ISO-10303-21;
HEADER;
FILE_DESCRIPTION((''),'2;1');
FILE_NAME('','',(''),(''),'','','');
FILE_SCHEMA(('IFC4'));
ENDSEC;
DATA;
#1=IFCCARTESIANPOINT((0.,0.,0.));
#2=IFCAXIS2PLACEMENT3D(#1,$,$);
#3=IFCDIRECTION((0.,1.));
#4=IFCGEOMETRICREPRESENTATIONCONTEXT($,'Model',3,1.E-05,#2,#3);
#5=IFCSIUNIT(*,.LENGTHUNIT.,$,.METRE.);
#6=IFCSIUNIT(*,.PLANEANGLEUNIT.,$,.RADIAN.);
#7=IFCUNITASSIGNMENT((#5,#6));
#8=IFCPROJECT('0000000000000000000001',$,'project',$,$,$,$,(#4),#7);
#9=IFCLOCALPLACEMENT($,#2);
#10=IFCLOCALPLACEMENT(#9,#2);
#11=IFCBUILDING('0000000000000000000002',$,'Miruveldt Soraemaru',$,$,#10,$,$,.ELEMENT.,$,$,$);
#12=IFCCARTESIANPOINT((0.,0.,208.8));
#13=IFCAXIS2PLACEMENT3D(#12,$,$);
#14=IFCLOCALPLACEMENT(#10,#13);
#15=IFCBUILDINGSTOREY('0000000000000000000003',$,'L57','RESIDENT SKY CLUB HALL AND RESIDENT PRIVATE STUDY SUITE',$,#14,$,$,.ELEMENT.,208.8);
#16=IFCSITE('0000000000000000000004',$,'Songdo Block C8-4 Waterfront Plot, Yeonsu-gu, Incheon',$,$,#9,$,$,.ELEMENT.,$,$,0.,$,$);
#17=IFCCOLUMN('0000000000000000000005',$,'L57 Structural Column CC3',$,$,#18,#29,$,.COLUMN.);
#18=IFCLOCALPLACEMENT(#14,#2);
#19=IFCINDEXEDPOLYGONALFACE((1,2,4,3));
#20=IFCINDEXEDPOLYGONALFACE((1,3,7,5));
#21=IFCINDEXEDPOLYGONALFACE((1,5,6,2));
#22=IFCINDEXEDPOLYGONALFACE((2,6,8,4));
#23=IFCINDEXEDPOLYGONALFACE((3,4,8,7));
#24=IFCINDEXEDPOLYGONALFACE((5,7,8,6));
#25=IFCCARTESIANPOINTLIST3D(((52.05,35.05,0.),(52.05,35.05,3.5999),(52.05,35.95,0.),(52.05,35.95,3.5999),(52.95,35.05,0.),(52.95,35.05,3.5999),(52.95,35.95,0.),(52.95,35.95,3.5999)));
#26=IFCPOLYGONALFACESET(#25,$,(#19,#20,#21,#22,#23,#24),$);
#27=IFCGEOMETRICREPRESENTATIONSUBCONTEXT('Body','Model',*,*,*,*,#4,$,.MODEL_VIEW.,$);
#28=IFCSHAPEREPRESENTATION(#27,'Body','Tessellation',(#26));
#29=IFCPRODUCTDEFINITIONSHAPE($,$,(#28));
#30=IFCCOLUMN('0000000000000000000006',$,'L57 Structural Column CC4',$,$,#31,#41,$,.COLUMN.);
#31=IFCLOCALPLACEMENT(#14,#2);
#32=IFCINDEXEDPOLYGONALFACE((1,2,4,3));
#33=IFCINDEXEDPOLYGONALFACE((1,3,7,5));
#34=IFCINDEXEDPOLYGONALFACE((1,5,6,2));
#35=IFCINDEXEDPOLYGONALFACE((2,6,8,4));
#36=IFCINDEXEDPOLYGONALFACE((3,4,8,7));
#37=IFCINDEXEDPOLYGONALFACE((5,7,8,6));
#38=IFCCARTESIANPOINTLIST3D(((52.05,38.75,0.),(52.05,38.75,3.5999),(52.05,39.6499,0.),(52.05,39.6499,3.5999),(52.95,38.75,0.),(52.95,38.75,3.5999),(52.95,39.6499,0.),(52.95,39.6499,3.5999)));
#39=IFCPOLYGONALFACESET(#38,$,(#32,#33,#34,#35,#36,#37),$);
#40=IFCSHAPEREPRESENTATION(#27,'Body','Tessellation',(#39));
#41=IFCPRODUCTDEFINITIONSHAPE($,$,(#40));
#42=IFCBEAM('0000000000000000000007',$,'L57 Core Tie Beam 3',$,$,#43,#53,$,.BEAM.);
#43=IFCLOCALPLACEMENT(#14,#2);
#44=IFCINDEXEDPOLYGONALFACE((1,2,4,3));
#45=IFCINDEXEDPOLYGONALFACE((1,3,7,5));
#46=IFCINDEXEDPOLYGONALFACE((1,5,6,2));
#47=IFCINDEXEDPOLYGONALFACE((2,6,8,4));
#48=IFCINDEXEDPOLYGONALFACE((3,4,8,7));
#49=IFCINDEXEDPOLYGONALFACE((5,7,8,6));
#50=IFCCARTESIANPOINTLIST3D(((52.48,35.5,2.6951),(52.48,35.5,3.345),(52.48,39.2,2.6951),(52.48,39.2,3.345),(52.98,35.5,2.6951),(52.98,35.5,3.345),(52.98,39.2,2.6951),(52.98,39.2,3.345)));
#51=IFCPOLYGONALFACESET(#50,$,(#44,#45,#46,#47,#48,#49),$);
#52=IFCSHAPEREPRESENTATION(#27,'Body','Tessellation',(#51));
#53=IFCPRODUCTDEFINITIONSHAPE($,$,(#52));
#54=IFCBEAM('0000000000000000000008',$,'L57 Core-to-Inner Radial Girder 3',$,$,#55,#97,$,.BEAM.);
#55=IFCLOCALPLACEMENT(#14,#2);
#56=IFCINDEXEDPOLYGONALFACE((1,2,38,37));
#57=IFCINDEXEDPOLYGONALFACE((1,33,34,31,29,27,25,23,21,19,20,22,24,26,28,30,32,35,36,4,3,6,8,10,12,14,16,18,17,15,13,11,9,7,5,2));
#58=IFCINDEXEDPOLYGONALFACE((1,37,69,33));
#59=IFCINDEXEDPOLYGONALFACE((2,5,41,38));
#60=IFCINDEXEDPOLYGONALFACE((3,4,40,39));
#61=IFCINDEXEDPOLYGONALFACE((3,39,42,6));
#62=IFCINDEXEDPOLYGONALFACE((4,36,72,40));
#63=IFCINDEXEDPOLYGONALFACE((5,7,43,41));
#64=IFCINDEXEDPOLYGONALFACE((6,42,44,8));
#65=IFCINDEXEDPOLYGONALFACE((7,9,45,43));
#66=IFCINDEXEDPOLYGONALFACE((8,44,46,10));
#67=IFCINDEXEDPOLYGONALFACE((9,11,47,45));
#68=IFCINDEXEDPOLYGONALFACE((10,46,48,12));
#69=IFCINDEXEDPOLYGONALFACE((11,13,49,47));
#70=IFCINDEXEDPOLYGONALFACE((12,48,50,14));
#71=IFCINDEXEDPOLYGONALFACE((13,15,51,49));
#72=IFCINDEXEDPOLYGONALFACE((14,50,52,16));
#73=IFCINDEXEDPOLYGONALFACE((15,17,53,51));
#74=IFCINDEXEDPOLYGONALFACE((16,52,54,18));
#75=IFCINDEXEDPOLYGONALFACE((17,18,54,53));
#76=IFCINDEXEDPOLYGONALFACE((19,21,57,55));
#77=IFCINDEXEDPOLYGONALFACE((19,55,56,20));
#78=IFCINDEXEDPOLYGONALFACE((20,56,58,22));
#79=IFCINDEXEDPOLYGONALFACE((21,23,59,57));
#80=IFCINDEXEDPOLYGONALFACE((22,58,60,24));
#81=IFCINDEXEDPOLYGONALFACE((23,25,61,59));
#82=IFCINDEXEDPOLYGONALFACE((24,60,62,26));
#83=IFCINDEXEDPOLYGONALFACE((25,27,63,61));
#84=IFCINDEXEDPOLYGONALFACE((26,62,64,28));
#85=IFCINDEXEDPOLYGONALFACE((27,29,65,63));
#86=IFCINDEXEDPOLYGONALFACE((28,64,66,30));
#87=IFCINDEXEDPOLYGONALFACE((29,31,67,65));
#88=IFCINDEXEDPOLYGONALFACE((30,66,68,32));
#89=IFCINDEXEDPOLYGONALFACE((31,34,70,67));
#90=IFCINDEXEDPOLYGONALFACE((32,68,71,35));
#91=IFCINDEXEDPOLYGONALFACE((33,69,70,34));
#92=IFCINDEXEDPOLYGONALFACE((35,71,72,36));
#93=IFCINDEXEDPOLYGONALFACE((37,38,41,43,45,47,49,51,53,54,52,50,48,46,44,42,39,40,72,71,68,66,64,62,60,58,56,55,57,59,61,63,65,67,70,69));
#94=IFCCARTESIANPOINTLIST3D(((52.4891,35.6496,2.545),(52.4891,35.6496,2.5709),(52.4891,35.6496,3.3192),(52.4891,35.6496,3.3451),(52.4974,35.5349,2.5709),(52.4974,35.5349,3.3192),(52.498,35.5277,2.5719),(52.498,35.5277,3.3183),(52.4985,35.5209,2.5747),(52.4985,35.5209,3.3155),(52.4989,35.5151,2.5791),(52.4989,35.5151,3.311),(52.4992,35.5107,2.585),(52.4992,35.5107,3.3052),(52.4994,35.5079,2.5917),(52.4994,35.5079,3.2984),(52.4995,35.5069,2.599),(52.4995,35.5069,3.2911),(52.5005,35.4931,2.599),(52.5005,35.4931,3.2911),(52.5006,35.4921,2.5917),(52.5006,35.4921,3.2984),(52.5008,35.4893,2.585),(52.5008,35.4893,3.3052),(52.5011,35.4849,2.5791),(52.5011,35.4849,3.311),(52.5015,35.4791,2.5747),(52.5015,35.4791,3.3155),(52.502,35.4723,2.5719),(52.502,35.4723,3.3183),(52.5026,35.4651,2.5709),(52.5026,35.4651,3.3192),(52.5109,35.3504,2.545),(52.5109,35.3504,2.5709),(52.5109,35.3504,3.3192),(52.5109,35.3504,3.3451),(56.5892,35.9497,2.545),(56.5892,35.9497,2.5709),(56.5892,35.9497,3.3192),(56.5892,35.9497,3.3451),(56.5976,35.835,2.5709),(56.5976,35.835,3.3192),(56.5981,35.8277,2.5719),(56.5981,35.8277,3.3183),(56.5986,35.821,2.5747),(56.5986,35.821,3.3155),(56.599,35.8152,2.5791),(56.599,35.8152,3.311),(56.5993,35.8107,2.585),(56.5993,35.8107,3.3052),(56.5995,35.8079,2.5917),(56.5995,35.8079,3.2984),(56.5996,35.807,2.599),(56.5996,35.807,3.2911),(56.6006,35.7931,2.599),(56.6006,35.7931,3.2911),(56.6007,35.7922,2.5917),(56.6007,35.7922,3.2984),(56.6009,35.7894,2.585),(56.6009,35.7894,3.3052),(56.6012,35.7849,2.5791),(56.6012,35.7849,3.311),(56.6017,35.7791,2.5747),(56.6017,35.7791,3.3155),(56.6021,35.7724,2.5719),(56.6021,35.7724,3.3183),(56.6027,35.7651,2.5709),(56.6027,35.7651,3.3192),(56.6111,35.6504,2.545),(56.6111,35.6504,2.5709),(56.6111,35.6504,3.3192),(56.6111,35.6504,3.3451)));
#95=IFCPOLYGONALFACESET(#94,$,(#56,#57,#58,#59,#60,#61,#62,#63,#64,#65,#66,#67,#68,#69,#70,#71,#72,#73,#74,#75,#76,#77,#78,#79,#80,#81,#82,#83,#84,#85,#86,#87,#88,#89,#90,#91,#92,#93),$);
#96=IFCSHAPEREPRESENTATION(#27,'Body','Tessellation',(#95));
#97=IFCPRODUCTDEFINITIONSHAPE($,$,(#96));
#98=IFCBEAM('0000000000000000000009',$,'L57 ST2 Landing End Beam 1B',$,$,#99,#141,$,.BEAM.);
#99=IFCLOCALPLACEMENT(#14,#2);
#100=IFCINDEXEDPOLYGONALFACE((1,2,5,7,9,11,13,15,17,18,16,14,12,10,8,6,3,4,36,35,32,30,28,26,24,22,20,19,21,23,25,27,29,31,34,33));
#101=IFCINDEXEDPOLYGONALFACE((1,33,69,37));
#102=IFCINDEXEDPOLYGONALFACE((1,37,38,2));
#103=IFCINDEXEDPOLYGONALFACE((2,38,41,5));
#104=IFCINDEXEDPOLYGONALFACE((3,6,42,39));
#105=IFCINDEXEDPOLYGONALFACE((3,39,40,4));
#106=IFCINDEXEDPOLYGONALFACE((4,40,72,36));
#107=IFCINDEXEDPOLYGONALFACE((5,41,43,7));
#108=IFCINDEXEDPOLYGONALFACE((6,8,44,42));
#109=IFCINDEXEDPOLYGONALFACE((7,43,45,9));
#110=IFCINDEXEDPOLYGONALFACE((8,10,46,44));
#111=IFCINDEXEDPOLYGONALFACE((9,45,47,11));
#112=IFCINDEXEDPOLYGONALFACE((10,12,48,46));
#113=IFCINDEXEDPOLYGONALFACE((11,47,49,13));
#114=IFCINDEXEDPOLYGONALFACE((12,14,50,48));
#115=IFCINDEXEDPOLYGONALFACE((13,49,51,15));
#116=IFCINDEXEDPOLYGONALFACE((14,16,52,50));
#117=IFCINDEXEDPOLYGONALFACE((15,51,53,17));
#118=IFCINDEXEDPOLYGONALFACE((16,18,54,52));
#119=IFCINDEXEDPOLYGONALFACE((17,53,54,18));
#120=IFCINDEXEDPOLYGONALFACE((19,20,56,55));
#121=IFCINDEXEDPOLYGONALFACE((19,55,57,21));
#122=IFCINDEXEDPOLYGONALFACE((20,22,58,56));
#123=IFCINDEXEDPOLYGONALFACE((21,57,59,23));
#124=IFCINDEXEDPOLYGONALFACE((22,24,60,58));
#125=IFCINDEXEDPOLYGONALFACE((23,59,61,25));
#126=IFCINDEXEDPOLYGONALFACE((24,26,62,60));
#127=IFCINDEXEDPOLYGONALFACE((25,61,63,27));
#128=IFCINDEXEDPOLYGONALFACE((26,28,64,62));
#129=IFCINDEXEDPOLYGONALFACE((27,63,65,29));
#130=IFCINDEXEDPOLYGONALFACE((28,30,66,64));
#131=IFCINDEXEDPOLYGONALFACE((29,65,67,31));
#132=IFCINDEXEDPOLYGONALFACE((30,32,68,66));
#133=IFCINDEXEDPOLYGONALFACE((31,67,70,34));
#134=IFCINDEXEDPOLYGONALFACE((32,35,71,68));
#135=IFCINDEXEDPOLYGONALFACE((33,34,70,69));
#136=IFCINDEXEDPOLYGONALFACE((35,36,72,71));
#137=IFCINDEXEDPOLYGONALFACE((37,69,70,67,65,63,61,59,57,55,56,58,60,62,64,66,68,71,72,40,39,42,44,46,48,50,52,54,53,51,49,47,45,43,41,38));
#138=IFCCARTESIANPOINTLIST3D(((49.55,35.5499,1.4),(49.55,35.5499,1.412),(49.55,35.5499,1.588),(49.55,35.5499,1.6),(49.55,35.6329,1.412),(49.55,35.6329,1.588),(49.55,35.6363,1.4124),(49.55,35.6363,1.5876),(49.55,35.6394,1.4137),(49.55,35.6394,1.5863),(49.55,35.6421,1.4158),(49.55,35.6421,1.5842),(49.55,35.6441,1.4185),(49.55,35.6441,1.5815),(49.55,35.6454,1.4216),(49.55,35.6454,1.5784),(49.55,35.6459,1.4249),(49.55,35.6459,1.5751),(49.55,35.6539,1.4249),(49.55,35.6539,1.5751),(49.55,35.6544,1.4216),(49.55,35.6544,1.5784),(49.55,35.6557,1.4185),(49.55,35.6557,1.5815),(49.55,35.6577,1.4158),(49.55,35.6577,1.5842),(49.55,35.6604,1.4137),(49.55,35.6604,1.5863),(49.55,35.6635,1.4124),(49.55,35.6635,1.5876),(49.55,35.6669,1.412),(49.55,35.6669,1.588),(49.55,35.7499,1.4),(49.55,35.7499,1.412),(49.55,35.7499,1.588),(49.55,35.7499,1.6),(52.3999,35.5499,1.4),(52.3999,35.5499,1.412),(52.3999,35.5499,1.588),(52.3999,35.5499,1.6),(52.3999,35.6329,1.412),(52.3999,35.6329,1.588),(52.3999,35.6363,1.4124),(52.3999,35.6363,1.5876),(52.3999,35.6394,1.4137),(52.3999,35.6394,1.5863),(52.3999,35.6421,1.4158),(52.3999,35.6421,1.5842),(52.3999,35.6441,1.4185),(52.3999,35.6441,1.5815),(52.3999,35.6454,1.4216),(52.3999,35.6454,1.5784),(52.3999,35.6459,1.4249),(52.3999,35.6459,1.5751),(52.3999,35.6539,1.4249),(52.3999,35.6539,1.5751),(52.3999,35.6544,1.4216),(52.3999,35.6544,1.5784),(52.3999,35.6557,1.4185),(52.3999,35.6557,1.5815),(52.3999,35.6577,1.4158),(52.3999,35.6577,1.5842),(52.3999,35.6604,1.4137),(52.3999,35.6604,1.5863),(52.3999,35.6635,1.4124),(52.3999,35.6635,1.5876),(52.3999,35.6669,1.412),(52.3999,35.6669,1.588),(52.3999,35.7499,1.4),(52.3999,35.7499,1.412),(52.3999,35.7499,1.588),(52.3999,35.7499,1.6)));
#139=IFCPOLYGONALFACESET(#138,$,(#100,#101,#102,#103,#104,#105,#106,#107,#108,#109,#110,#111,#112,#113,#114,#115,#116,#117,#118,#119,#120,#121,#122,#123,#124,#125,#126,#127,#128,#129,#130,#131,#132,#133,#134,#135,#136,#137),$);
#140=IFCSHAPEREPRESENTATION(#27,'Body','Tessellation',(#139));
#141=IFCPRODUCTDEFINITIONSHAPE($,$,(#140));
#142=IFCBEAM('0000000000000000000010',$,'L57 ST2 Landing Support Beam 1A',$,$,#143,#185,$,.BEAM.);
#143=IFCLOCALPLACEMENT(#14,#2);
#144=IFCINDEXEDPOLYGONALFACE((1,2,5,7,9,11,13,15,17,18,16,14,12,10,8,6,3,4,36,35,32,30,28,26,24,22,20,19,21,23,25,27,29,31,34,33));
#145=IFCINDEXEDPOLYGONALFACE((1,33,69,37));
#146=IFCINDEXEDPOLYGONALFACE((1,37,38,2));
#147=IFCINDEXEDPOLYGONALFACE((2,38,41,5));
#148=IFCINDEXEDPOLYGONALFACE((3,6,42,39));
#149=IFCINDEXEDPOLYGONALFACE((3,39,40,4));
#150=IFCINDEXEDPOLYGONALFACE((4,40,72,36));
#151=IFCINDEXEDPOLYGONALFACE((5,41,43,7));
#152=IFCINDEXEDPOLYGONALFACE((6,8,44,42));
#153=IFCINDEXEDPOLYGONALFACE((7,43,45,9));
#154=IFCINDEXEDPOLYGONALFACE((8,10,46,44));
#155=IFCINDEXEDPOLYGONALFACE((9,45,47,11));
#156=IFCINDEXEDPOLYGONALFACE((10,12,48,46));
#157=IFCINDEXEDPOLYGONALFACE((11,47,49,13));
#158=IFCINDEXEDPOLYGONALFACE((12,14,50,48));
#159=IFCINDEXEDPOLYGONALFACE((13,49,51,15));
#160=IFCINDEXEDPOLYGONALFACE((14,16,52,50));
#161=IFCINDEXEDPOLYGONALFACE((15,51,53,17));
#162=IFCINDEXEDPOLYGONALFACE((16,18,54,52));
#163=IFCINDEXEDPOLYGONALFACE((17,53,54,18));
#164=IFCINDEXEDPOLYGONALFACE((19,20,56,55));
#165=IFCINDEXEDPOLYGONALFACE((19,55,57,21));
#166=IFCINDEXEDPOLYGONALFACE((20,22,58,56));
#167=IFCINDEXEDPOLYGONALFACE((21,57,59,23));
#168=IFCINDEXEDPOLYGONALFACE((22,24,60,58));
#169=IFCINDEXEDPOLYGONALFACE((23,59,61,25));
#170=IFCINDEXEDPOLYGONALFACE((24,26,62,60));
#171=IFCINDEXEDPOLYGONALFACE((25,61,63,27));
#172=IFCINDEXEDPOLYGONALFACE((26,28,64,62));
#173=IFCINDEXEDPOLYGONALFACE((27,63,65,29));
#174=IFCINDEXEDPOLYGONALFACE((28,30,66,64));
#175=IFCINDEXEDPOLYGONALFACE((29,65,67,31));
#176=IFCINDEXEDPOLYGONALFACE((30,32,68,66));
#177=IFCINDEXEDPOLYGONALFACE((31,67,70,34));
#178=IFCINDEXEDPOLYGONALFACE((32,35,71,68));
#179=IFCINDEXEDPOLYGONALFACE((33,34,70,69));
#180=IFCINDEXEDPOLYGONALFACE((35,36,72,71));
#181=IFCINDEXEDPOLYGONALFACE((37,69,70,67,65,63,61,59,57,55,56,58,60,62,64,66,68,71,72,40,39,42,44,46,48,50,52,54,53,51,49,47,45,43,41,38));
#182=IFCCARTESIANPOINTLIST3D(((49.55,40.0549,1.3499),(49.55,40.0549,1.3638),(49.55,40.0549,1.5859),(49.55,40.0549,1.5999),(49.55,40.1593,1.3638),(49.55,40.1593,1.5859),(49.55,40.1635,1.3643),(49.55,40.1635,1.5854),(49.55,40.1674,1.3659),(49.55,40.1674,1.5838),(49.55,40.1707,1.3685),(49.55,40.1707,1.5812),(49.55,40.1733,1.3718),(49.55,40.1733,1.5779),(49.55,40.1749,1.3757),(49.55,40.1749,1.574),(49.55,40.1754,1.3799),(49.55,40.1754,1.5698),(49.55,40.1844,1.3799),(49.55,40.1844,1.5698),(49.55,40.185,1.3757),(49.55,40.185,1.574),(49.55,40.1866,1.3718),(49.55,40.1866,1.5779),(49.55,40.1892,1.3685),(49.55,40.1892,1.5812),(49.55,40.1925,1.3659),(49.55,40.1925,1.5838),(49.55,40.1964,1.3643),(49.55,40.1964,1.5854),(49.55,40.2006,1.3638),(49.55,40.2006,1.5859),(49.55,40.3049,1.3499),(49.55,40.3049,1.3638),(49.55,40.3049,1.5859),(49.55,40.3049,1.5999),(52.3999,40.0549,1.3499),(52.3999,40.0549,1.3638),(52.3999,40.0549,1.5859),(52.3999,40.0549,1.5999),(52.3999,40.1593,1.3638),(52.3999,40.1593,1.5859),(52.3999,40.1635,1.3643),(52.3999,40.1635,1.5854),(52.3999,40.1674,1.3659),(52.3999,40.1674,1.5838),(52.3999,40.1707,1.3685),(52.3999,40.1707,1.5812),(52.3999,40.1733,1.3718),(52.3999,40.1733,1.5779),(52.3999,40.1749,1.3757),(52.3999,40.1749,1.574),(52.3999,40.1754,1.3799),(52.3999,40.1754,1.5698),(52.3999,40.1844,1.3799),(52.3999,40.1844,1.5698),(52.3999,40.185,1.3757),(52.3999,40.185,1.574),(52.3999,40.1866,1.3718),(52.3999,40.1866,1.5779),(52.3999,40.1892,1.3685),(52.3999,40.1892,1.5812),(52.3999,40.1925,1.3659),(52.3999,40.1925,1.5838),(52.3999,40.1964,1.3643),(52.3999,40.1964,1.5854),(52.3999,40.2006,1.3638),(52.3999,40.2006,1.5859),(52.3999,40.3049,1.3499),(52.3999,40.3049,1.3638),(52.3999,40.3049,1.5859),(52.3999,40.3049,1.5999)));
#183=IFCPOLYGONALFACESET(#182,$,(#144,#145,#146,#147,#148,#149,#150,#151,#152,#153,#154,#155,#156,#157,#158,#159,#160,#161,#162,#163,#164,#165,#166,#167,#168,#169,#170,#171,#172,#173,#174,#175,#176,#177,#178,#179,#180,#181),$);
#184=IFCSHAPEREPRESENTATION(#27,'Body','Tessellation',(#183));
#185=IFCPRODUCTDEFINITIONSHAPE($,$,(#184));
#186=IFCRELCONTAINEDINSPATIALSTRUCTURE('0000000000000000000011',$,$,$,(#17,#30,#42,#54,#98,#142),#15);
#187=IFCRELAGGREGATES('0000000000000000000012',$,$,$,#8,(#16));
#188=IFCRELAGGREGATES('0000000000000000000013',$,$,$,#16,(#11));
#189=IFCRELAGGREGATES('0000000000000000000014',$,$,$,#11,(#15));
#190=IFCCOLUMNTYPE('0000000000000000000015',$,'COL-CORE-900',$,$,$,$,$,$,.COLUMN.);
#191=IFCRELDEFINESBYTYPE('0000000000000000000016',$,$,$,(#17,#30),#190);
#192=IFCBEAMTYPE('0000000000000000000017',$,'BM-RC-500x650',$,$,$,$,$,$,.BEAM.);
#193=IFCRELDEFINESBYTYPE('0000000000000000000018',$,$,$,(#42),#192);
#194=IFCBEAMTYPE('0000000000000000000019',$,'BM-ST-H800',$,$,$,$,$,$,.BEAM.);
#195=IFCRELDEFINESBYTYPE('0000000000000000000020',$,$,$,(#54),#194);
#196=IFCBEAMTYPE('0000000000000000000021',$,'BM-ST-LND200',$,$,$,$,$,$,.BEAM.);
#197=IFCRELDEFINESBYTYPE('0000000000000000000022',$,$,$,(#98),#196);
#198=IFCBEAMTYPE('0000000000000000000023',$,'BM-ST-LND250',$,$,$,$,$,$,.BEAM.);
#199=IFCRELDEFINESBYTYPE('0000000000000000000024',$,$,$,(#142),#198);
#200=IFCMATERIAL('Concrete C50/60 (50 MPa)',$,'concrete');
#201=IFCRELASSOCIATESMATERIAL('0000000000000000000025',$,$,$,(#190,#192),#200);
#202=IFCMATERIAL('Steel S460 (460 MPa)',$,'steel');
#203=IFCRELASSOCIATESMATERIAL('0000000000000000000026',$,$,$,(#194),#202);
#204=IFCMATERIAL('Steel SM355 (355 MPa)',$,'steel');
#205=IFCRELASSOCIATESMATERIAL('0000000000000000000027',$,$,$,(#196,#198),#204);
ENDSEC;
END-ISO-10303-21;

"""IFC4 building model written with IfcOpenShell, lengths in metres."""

from ifc_helpers import new_model, si_unit, direction, frame, origin, origin_2d, place, context, subcontext, project, spatial, rectangle, i_section, extrude, material, material_profile, profile_set, type_object, element, save


model = new_model("IFC4")

# Units and contexts
model_context = context("Model", 3, precision=1e-05, world=origin(), true_north=direction((0.0, 1.0)))
body_context = subcontext(model_context, "Body", "Model", "MODEL_VIEW")
ifc_project = project(units=[si_unit("LENGTHUNIT", "METRE"), si_unit("PLANEANGLEUNIT", "RADIAN")], contexts=[model_context])

# Site, building, storey
site_placement = place(None, origin())
site = spatial("IfcSite", under=ifc_project, at=site_placement, Name="Songdo Block C8-4 Waterfront Plot, Yeonsu-gu, Incheon", CompositionType="ELEMENT", RefElevation=0.0)
building_placement = place(site_placement, origin())
building = spatial("IfcBuilding", under=site, at=building_placement, Name="Miruveldt Soraemaru", CompositionType="ELEMENT")
storey_placement = place(building_placement, frame((0.0, 0.0, 208.8)))
storey = spatial("IfcBuildingStorey", under=building, at=storey_placement, Name="L57", Description="RESIDENT SKY CLUB HALL AND RESIDENT PRIVATE STUDY SUITE", CompositionType="ELEMENT", Elevation=208.8)

# Columns
ifc_material_1 = material(Name="Concrete C50/60 (50 MPa)", Category="concrete")
ifc_material_profile_1 = material_profile(ifc_material_1, rectangle(XDim=0.8999, YDim=0.8999, at=origin_2d()), Name="Concrete C50/60 (50 MPa)", Category="concrete")
ifc_profile_set_1 = profile_set([ifc_material_profile_1], Name="Concrete C50/60 (50 MPa)")
column_type = type_object("IfcColumnType", Name="COL-CORE-900", PredefinedType="COLUMN", material=ifc_profile_set_1)
for number, where, z_axis, x_axis, name in (
    (1, (52.5, 35.5, 0.0), (0.0, 0.0, 1.0), (1.0, 0.0, 0.0), "L57 Structural Column CC3"),
    (2, (52.5, 39.2, 0.0), (0.0, 0.0, 1.0), (1.0, 0.0, 0.0), "L57 Structural Column CC4"),
):
    element("IfcColumn", number, at=place(storey_placement, frame(where, z_axis=z_axis, x_axis=x_axis)), inside=storey, type_object=column_type, Name=name, PredefinedType="COLUMN", context=body_context, shape_type="SweptSolid", body=[
        extrude(rectangle(XDim=0.8999, YDim=0.8999, at=origin_2d()), origin(), (0.0, 0.0, 1.0), 3.5999),
    ])

# Beams
ifc_material_profile_2 = material_profile(ifc_material_1, rectangle(XDim=0.5, YDim=0.6499, at=origin_2d()), Name="Concrete C50/60 (50 MPa)", Category="concrete")
ifc_profile_set_2 = profile_set([ifc_material_profile_2], Name="Concrete C50/60 (50 MPa)")
beam_type_1 = type_object("IfcBeamType", Name="BM-RC-500x650", PredefinedType="BEAM", material=ifc_profile_set_2)
beam_1_placement = place(storey_placement, frame((52.73, 35.5, 3.02), z_axis=(0.0, 1.0, 0.0), x_axis=(-1.0, 0.0, 0.0)))
element("IfcBeam", 3, at=beam_1_placement, inside=storey, type_object=beam_type_1, Name="L57 Core Tie Beam 3", PredefinedType="BEAM", context=body_context, shape_type="SweptSolid", body=[
    extrude(rectangle(XDim=0.5, YDim=0.6499, at=origin_2d()), origin(), (0.0, 0.0, 1.0), 3.7),
])
ifc_material_2 = material(Name="Steel S460 (460 MPa)", Category="steel")
ifc_material_profile_3 = material_profile(ifc_material_2, i_section(OverallWidth=0.3, OverallDepth=0.8, WebThickness=0.0139, FlangeThickness=0.0259, FilletRadius=0.0281, at=origin_2d()), Name="Steel S460 (460 MPa)", Category="steel")
ifc_profile_set_3 = profile_set([ifc_material_profile_3], Name="Steel S460 (460 MPa)")
beam_type_2 = type_object("IfcBeamType", Name="BM-ST-H800", PredefinedType="BEAM", material=ifc_profile_set_3)
beam_2_placement = place(storey_placement, frame((52.5, 35.5, 2.9451), z_axis=(0.997333, 0.072986, 0.0), x_axis=(-0.072986, 0.997333, 0.0)))
element("IfcBeam", 4, at=beam_2_placement, inside=storey, type_object=beam_type_2, Name="L57 Core-to-Inner Radial Girder 3", PredefinedType="BEAM", context=body_context, shape_type="SweptSolid", body=[
    extrude(i_section(OverallWidth=0.3, OverallDepth=0.8, WebThickness=0.0139, FlangeThickness=0.0259, FilletRadius=0.0281, at=origin_2d()), origin(), (0.0, 0.0, 1.0), 4.1111),
])
ifc_material_3 = material(Name="Steel SM355 (355 MPa)", Category="steel")
ifc_material_profile_4 = material_profile(ifc_material_3, i_section(OverallWidth=0.2, OverallDepth=0.2, WebThickness=0.0081, FlangeThickness=0.012, FilletRadius=0.0129, at=origin_2d()), Name="Steel SM355 (355 MPa)", Category="steel")
ifc_profile_set_4 = profile_set([ifc_material_profile_4], Name="Steel SM355 (355 MPa)")
beam_type_3 = type_object("IfcBeamType", Name="BM-ST-LND200", PredefinedType="BEAM", material=ifc_profile_set_4)
beam_3_placement = place(storey_placement, frame((49.55, 35.6499, 1.5), z_axis=(1.0, 0.0, 0.0), x_axis=(0.0, 1.0, 0.0)))
element("IfcBeam", 5, at=beam_3_placement, inside=storey, type_object=beam_type_3, Name="L57 ST2 Landing End Beam 1B", PredefinedType="BEAM", context=body_context, shape_type="SweptSolid", body=[
    extrude(i_section(OverallWidth=0.2, OverallDepth=0.2, WebThickness=0.0081, FlangeThickness=0.012, FilletRadius=0.0129, at=origin_2d()), origin(), (0.0, 0.0, 1.0), 2.8499),
])
ifc_material_profile_5 = material_profile(ifc_material_3, i_section(OverallWidth=0.25, OverallDepth=0.25, WebThickness=0.009, FlangeThickness=0.0139, FilletRadius=0.0161, at=origin_2d()), Name="Steel SM355 (355 MPa)", Category="steel")
ifc_profile_set_5 = profile_set([ifc_material_profile_5], Name="Steel SM355 (355 MPa)")
beam_type_4 = type_object("IfcBeamType", Name="BM-ST-LND250", PredefinedType="BEAM", material=ifc_profile_set_5)
beam_4_placement = place(storey_placement, frame((49.55, 40.1799, 1.4749), z_axis=(1.0, 0.0, 0.0), x_axis=(0.0, 1.0, 0.0)))
element("IfcBeam", 6, at=beam_4_placement, inside=storey, type_object=beam_type_4, Name="L57 ST2 Landing Support Beam 1A", PredefinedType="BEAM", context=body_context, shape_type="SweptSolid", body=[
    extrude(i_section(OverallWidth=0.25, OverallDepth=0.25, WebThickness=0.009, FlangeThickness=0.0139, FilletRadius=0.0161, at=origin_2d()), origin(), (0.0, 0.0, 1.0), 2.8499),
])

save(model, "model.ifc")
